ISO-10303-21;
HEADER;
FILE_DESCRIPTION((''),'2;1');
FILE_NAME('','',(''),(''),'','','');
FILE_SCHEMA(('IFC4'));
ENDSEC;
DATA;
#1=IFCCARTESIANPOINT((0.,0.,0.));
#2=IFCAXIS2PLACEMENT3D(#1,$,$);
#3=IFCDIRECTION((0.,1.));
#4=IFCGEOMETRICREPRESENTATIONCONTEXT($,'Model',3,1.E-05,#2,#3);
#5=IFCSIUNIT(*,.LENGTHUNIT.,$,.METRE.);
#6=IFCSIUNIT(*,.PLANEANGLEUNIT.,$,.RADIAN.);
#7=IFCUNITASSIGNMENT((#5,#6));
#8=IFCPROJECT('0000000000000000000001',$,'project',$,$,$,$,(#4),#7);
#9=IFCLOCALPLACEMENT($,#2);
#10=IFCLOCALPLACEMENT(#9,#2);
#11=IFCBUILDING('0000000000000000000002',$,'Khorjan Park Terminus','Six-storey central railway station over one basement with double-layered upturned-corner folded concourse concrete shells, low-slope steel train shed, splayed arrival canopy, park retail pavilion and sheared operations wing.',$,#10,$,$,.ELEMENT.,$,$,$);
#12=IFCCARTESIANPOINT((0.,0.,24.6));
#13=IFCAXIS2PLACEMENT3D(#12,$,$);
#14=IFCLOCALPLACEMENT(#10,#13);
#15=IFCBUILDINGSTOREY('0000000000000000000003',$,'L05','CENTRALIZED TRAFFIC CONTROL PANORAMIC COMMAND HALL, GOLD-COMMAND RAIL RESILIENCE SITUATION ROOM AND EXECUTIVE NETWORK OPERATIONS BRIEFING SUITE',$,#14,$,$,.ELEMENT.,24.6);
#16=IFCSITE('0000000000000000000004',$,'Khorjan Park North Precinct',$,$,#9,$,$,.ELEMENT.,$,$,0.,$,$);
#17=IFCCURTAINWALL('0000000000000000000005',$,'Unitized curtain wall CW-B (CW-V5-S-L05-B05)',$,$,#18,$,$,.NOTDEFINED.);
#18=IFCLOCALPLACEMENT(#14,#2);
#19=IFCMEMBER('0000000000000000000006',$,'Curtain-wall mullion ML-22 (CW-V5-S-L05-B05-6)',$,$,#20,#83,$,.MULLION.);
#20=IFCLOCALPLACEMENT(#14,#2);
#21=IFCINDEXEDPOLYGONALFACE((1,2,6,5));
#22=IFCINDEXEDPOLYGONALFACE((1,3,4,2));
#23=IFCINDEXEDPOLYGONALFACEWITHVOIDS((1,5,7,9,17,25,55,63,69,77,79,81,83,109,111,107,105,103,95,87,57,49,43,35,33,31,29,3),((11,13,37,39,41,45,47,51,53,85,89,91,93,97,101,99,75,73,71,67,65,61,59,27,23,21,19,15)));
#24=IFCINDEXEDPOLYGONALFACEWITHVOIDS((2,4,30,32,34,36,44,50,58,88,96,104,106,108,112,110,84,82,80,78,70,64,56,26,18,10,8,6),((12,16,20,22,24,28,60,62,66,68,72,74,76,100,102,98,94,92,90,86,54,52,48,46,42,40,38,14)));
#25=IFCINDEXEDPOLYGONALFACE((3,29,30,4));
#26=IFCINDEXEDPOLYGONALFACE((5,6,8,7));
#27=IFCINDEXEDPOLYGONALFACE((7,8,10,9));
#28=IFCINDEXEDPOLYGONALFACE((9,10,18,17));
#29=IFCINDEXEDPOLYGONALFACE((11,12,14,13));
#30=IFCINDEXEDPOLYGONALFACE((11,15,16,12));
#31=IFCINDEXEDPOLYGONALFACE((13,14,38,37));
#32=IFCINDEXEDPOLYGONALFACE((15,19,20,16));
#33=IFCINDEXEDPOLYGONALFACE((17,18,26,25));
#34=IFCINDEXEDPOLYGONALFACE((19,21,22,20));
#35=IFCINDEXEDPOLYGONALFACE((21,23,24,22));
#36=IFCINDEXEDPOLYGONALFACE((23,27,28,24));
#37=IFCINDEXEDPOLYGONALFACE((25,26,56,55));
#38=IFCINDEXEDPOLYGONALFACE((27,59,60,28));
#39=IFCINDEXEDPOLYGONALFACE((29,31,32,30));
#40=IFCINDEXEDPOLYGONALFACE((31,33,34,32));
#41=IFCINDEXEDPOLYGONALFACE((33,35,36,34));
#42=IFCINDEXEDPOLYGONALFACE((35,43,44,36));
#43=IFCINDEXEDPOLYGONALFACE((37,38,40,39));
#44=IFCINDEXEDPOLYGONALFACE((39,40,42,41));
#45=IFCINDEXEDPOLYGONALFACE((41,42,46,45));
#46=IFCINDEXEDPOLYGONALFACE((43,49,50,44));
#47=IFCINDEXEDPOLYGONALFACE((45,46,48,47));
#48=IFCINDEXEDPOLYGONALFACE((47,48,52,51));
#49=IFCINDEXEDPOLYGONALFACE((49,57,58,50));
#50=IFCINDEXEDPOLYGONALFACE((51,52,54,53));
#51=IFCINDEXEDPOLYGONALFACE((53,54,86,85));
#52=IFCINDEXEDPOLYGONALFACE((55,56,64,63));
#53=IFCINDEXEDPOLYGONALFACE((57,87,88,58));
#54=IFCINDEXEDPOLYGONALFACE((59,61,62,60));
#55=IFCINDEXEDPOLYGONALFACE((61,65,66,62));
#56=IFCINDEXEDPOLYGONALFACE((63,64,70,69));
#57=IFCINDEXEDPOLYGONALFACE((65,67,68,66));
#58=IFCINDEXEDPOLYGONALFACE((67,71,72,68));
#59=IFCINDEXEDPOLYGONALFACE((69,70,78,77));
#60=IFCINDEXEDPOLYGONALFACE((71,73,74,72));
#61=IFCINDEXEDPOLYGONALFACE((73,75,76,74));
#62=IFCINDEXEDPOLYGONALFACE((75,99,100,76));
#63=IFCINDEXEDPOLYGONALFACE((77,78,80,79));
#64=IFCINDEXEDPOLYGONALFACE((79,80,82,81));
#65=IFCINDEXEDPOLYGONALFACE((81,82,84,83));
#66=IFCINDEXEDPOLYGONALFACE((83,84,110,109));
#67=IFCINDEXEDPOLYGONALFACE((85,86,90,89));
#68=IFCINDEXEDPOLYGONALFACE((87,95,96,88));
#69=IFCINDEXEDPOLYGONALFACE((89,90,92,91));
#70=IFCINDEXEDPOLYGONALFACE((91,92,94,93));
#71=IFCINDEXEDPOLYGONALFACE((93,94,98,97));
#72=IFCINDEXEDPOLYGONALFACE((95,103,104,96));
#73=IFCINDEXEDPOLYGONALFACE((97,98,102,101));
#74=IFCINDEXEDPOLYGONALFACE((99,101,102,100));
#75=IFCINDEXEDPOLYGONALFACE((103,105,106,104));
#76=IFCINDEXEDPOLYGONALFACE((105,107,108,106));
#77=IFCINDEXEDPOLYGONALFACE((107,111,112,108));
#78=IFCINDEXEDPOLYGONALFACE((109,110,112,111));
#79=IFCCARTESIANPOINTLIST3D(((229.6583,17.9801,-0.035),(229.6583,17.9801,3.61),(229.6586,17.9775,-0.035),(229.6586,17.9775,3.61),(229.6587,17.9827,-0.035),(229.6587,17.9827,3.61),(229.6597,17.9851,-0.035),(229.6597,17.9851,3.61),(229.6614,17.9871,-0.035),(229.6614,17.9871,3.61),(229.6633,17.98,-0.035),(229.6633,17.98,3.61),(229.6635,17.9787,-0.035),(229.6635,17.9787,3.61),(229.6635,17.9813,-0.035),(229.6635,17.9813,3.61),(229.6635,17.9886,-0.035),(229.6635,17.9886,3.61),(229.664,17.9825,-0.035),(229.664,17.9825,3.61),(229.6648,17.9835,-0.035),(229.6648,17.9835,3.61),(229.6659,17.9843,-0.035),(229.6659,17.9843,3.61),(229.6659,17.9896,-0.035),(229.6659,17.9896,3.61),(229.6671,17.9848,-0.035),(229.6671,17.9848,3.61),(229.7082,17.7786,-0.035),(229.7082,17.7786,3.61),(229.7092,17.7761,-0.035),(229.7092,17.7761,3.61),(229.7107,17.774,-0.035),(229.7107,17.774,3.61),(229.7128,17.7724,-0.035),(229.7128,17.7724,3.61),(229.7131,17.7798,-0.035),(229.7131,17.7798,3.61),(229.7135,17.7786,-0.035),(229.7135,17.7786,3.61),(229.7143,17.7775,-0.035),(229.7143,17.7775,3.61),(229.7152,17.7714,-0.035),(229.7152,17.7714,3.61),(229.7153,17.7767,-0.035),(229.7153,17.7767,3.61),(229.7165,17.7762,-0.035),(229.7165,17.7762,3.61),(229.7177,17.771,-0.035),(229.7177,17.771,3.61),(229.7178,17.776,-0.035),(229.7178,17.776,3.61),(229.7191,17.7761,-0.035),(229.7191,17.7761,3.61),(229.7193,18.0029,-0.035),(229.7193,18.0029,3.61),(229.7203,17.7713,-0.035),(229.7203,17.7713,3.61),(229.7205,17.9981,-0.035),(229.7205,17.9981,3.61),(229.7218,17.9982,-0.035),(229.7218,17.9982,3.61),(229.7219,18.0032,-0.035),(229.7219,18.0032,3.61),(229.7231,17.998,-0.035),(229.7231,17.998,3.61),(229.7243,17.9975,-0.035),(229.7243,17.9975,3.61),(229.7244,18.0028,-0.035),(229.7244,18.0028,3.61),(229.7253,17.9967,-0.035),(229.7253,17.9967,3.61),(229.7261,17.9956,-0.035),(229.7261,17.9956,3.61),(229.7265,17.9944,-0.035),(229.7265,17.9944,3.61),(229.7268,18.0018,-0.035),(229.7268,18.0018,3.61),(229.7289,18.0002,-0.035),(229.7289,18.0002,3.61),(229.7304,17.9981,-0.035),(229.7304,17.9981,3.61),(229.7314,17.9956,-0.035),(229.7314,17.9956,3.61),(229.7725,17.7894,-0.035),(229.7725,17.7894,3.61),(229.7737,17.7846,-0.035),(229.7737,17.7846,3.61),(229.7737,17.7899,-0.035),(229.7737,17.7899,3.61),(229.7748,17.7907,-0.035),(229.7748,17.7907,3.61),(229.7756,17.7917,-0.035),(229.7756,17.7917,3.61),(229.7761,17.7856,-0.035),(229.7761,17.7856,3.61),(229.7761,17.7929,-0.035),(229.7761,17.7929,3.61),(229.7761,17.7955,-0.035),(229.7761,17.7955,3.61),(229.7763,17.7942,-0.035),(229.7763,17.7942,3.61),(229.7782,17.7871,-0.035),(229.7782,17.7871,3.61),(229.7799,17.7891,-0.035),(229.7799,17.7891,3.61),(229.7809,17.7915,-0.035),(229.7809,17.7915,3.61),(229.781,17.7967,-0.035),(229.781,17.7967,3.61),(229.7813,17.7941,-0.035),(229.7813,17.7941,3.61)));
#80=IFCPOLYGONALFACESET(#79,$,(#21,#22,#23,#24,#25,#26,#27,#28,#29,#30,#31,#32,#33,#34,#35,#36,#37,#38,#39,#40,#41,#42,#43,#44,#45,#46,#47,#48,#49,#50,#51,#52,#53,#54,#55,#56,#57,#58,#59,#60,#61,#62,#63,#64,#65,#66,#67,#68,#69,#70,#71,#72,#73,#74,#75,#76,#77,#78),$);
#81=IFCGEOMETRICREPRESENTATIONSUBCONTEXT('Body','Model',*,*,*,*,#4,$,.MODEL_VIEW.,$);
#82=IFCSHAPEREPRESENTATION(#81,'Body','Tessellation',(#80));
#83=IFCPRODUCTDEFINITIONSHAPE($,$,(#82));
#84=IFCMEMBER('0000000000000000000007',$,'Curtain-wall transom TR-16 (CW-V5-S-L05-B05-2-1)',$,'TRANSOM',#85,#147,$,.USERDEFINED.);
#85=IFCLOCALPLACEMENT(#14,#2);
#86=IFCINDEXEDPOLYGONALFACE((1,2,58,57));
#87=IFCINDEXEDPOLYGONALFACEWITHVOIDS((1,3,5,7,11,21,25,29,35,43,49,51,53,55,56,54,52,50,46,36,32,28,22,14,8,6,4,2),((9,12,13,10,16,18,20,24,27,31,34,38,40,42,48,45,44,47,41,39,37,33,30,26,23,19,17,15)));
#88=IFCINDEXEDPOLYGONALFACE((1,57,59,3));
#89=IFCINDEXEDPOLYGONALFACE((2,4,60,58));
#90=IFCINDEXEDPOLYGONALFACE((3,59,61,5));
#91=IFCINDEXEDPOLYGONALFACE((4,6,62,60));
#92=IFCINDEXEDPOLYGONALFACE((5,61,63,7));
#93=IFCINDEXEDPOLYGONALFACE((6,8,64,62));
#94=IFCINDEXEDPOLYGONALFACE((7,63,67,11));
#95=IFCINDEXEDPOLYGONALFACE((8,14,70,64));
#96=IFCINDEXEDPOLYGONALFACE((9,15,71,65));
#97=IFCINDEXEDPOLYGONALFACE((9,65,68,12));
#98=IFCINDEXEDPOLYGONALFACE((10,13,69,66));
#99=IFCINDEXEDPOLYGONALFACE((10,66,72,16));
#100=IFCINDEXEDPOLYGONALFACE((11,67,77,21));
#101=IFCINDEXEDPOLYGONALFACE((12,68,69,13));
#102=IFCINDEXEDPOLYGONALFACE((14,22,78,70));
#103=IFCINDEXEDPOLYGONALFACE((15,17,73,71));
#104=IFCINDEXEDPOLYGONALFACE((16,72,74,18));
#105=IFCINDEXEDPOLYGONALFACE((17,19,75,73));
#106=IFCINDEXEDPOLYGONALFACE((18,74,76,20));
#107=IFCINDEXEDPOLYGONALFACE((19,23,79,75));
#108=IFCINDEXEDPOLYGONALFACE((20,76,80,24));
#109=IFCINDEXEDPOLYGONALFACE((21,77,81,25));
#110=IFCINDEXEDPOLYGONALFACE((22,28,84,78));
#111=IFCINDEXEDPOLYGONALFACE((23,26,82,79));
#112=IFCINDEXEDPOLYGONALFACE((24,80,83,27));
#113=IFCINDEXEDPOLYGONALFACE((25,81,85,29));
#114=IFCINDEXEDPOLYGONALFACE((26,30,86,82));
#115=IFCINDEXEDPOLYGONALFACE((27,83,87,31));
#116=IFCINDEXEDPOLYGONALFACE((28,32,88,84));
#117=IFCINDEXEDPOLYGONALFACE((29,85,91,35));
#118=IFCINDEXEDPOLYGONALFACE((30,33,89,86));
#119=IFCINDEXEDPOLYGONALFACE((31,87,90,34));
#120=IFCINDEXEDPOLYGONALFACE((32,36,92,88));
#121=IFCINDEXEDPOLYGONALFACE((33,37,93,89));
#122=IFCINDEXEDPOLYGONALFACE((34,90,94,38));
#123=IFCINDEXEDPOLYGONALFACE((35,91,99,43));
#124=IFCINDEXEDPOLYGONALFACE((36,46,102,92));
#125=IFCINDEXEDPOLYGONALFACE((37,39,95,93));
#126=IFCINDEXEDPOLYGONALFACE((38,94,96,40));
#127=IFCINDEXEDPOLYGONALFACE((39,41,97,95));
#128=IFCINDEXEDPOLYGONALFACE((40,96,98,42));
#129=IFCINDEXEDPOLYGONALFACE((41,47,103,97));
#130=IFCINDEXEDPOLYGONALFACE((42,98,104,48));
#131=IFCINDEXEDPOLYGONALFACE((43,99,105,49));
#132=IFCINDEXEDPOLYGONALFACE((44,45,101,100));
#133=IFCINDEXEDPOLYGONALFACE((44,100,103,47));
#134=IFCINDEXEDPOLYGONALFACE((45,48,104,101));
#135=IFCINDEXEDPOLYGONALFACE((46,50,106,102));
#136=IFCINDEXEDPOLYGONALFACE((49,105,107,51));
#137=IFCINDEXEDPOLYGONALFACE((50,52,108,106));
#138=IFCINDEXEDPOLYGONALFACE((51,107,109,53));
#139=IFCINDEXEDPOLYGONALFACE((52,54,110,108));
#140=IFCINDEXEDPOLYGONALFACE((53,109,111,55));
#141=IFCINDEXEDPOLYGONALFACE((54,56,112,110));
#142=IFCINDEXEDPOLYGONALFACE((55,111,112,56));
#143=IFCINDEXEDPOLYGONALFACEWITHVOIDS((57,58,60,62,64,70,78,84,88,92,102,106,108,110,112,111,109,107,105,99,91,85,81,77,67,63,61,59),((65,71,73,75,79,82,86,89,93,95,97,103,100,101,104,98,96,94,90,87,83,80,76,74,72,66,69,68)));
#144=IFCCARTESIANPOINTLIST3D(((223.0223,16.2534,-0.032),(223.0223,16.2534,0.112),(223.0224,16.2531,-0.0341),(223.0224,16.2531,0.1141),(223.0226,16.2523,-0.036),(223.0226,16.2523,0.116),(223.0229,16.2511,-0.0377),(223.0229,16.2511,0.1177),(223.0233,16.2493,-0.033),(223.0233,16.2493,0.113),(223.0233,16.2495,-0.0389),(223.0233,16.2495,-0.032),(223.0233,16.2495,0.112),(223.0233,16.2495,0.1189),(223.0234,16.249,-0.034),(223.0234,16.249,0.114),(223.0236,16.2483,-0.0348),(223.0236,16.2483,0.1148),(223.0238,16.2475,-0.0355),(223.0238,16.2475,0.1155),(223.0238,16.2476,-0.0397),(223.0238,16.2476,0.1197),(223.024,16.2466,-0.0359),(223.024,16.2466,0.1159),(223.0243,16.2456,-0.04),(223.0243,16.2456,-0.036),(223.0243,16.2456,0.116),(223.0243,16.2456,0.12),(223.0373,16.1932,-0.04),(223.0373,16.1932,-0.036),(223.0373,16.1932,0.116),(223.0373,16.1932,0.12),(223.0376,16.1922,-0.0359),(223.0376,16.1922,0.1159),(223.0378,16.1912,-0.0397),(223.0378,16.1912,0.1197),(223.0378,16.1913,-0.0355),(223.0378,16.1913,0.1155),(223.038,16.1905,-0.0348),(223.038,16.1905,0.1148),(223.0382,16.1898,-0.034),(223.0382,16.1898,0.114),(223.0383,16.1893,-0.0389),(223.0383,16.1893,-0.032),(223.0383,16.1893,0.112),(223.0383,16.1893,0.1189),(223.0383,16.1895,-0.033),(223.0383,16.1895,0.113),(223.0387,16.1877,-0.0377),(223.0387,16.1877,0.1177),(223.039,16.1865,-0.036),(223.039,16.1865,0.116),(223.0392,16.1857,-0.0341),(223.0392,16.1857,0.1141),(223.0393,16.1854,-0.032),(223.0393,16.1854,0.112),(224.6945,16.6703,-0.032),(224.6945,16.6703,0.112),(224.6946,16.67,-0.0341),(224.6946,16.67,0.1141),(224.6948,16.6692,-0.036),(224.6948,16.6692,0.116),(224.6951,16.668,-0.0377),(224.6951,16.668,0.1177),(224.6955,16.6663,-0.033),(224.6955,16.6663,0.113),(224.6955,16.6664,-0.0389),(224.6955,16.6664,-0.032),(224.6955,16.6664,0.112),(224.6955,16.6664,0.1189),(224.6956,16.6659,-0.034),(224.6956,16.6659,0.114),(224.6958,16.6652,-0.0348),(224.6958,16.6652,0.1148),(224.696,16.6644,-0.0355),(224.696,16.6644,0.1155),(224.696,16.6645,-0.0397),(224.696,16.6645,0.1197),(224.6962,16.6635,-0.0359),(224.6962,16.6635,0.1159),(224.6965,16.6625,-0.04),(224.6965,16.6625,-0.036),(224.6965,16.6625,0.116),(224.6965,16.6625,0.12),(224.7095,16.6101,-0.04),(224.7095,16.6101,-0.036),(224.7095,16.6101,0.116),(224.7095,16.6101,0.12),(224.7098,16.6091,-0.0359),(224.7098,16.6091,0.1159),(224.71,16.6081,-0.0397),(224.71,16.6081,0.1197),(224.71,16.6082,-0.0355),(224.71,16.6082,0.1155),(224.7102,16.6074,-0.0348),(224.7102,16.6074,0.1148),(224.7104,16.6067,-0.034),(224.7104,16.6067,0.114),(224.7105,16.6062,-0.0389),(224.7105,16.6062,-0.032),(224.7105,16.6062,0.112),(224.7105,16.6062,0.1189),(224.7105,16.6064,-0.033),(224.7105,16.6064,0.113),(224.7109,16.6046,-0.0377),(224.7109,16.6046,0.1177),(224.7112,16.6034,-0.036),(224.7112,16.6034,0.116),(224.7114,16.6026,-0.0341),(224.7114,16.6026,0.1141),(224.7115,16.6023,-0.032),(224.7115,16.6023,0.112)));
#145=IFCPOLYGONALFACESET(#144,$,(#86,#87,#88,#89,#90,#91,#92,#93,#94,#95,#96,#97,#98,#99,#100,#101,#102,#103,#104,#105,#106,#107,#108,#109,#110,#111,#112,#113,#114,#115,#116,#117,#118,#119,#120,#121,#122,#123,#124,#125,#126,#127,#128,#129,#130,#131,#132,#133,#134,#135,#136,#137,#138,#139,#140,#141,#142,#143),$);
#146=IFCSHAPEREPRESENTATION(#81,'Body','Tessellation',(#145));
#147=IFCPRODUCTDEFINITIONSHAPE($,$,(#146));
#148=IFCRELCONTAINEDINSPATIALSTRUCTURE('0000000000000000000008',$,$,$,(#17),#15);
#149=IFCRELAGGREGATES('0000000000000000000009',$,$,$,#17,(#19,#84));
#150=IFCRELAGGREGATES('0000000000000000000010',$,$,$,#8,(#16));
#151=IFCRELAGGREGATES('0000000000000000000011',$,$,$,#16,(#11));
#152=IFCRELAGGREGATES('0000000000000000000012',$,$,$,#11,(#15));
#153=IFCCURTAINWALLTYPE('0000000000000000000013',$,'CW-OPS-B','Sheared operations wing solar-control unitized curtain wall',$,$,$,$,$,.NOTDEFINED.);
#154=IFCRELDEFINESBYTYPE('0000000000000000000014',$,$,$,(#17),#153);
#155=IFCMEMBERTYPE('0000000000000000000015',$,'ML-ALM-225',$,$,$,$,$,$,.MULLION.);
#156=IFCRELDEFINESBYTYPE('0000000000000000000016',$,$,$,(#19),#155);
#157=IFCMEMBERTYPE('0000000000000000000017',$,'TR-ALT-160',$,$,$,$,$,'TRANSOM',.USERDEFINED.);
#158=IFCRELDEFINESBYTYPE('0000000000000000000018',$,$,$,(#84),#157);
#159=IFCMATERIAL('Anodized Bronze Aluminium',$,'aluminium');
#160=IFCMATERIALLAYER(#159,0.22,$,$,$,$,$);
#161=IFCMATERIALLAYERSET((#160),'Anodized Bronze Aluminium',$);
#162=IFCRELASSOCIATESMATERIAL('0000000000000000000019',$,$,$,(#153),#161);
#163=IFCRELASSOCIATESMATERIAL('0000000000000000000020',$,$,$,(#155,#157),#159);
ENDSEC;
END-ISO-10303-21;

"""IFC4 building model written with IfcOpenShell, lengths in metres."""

from ifc_helpers import new_model, si_unit, direction, frame, origin, origin_2d, place, context, subcontext, project, spatial, hollow_rectangle, extrude, material, layer, layer_set, material_profile, profile_set, type_object, element, aggregate, save


model = new_model("IFC4")

# Units and contexts
model_context = context("Model", 3, precision=1e-05, world=origin(), true_north=direction((0.0, 1.0)))
body_context = subcontext(model_context, "Body", "Model", "MODEL_VIEW")
ifc_project = project(units=[si_unit("LENGTHUNIT", "METRE"), si_unit("PLANEANGLEUNIT", "RADIAN")], contexts=[model_context])

# Site, building, storey
site_placement = place(None, origin())
site = spatial("IfcSite", under=ifc_project, at=site_placement, Name="Khorjan Park North Precinct", CompositionType="ELEMENT", RefElevation=0.0)
building_placement = place(site_placement, origin())
building = spatial("IfcBuilding", under=site, at=building_placement, Name="Khorjan Park Terminus", Description="Six-storey central railway station over one basement with double-layered upturned-corner folded concourse concrete shells, low-slope steel train shed, splayed arrival canopy, park retail pavilion and sheared operations wing.", CompositionType="ELEMENT")
storey_placement = place(building_placement, frame((0.0, 0.0, 24.6)))
storey = spatial("IfcBuildingStorey", under=building, at=storey_placement, Name="L05", Description="CENTRALIZED TRAFFIC CONTROL PANORAMIC COMMAND HALL, GOLD-COMMAND RAIL RESILIENCE SITUATION ROOM AND EXECUTIVE NETWORK OPERATIONS BRIEFING SUITE", CompositionType="ELEMENT", Elevation=24.6)

# Curtain wall, members
ifc_material_1 = material(Name="Anodized Bronze Aluminium", Category="aluminium")
ifc_layer_1 = layer(ifc_material_1, 0.22)
ifc_layer_set_1 = layer_set([ifc_layer_1], Name="Anodized Bronze Aluminium")
curtain_wall_type = type_object("IfcCurtainWallType", Name="CW-OPS-B", Description="Sheared operations wing solar-control unitized curtain wall", PredefinedType="NOTDEFINED", material=ifc_layer_set_1)
curtain_wall_placement = place(storey_placement, origin())
curtain_wall = element("IfcCurtainWall", 1, at=curtain_wall_placement, inside=storey, type_object=curtain_wall_type, Name="Unitized curtain wall CW-B (CW-V5-S-L05-B05)", PredefinedType="NOTDEFINED")
ifc_material_profile_1 = material_profile(ifc_material_1, hollow_rectangle(XDim=0.075, YDim=0.225, WallThickness=0.005, InnerFilletRadius=0.005, OuterFilletRadius=0.01, at=origin_2d()), Name="ALM 75x225x5")
ifc_profile_set_1 = profile_set([ifc_material_profile_1], Name="Anodized Bronze Aluminium")
member_type_1 = type_object("IfcMemberType", Name="ML-ALM-225", PredefinedType="MULLION", material=ifc_profile_set_1)
member_1_placement = place(storey_placement, frame((229.7198, 17.8871, -0.035), z_axis=(0.0, 0.0, 1.0), x_axis=(0.970296, 0.241919, 0.0)))
member_1 = element("IfcMember", 2, at=member_1_placement, type_object=member_type_1, Name="Curtain-wall mullion ML-22 (CW-V5-S-L05-B05-6)", PredefinedType="MULLION", context=body_context, shape_type="SweptSolid", body=[
    extrude(hollow_rectangle(XDim=0.075, YDim=0.225, WallThickness=0.005, InnerFilletRadius=0.005, OuterFilletRadius=0.01, at=origin_2d()), origin(), (0.0, 0.0, 1.0), 3.645),
])
ifc_material_profile_2 = material_profile(ifc_material_1, hollow_rectangle(XDim=0.07, YDim=0.16, WallThickness=0.004, InnerFilletRadius=0.004, OuterFilletRadius=0.008, at=origin_2d()), Name="ALT 70x160x4")
ifc_profile_set_2 = profile_set([ifc_material_profile_2], Name="Anodized Bronze Aluminium")
member_type_2 = type_object("IfcMemberType", Name="TR-ALT-160", ElementType="TRANSOM", PredefinedType="USERDEFINED", material=ifc_profile_set_2)
member_2_placement = place(storey_placement, frame((223.0308, 16.2194, 0.04), z_axis=(0.970299, 0.241908, 0.0), x_axis=(-0.241908, 0.970299, 0.0)))
member_2 = element("IfcMember", 3, at=member_2_placement, type_object=member_type_2, Name="Curtain-wall transom TR-16 (CW-V5-S-L05-B05-2-1)", ObjectType="TRANSOM", PredefinedType="USERDEFINED", context=body_context, shape_type="SweptSolid", body=[
    extrude(hollow_rectangle(XDim=0.07, YDim=0.16, WallThickness=0.004, InnerFilletRadius=0.004, OuterFilletRadius=0.008, at=origin_2d()), origin(), (0.0, 0.0, 1.0), 1.7234),
])
aggregate(curtain_wall, [member_1, member_2])

save(model, "model.ifc")
